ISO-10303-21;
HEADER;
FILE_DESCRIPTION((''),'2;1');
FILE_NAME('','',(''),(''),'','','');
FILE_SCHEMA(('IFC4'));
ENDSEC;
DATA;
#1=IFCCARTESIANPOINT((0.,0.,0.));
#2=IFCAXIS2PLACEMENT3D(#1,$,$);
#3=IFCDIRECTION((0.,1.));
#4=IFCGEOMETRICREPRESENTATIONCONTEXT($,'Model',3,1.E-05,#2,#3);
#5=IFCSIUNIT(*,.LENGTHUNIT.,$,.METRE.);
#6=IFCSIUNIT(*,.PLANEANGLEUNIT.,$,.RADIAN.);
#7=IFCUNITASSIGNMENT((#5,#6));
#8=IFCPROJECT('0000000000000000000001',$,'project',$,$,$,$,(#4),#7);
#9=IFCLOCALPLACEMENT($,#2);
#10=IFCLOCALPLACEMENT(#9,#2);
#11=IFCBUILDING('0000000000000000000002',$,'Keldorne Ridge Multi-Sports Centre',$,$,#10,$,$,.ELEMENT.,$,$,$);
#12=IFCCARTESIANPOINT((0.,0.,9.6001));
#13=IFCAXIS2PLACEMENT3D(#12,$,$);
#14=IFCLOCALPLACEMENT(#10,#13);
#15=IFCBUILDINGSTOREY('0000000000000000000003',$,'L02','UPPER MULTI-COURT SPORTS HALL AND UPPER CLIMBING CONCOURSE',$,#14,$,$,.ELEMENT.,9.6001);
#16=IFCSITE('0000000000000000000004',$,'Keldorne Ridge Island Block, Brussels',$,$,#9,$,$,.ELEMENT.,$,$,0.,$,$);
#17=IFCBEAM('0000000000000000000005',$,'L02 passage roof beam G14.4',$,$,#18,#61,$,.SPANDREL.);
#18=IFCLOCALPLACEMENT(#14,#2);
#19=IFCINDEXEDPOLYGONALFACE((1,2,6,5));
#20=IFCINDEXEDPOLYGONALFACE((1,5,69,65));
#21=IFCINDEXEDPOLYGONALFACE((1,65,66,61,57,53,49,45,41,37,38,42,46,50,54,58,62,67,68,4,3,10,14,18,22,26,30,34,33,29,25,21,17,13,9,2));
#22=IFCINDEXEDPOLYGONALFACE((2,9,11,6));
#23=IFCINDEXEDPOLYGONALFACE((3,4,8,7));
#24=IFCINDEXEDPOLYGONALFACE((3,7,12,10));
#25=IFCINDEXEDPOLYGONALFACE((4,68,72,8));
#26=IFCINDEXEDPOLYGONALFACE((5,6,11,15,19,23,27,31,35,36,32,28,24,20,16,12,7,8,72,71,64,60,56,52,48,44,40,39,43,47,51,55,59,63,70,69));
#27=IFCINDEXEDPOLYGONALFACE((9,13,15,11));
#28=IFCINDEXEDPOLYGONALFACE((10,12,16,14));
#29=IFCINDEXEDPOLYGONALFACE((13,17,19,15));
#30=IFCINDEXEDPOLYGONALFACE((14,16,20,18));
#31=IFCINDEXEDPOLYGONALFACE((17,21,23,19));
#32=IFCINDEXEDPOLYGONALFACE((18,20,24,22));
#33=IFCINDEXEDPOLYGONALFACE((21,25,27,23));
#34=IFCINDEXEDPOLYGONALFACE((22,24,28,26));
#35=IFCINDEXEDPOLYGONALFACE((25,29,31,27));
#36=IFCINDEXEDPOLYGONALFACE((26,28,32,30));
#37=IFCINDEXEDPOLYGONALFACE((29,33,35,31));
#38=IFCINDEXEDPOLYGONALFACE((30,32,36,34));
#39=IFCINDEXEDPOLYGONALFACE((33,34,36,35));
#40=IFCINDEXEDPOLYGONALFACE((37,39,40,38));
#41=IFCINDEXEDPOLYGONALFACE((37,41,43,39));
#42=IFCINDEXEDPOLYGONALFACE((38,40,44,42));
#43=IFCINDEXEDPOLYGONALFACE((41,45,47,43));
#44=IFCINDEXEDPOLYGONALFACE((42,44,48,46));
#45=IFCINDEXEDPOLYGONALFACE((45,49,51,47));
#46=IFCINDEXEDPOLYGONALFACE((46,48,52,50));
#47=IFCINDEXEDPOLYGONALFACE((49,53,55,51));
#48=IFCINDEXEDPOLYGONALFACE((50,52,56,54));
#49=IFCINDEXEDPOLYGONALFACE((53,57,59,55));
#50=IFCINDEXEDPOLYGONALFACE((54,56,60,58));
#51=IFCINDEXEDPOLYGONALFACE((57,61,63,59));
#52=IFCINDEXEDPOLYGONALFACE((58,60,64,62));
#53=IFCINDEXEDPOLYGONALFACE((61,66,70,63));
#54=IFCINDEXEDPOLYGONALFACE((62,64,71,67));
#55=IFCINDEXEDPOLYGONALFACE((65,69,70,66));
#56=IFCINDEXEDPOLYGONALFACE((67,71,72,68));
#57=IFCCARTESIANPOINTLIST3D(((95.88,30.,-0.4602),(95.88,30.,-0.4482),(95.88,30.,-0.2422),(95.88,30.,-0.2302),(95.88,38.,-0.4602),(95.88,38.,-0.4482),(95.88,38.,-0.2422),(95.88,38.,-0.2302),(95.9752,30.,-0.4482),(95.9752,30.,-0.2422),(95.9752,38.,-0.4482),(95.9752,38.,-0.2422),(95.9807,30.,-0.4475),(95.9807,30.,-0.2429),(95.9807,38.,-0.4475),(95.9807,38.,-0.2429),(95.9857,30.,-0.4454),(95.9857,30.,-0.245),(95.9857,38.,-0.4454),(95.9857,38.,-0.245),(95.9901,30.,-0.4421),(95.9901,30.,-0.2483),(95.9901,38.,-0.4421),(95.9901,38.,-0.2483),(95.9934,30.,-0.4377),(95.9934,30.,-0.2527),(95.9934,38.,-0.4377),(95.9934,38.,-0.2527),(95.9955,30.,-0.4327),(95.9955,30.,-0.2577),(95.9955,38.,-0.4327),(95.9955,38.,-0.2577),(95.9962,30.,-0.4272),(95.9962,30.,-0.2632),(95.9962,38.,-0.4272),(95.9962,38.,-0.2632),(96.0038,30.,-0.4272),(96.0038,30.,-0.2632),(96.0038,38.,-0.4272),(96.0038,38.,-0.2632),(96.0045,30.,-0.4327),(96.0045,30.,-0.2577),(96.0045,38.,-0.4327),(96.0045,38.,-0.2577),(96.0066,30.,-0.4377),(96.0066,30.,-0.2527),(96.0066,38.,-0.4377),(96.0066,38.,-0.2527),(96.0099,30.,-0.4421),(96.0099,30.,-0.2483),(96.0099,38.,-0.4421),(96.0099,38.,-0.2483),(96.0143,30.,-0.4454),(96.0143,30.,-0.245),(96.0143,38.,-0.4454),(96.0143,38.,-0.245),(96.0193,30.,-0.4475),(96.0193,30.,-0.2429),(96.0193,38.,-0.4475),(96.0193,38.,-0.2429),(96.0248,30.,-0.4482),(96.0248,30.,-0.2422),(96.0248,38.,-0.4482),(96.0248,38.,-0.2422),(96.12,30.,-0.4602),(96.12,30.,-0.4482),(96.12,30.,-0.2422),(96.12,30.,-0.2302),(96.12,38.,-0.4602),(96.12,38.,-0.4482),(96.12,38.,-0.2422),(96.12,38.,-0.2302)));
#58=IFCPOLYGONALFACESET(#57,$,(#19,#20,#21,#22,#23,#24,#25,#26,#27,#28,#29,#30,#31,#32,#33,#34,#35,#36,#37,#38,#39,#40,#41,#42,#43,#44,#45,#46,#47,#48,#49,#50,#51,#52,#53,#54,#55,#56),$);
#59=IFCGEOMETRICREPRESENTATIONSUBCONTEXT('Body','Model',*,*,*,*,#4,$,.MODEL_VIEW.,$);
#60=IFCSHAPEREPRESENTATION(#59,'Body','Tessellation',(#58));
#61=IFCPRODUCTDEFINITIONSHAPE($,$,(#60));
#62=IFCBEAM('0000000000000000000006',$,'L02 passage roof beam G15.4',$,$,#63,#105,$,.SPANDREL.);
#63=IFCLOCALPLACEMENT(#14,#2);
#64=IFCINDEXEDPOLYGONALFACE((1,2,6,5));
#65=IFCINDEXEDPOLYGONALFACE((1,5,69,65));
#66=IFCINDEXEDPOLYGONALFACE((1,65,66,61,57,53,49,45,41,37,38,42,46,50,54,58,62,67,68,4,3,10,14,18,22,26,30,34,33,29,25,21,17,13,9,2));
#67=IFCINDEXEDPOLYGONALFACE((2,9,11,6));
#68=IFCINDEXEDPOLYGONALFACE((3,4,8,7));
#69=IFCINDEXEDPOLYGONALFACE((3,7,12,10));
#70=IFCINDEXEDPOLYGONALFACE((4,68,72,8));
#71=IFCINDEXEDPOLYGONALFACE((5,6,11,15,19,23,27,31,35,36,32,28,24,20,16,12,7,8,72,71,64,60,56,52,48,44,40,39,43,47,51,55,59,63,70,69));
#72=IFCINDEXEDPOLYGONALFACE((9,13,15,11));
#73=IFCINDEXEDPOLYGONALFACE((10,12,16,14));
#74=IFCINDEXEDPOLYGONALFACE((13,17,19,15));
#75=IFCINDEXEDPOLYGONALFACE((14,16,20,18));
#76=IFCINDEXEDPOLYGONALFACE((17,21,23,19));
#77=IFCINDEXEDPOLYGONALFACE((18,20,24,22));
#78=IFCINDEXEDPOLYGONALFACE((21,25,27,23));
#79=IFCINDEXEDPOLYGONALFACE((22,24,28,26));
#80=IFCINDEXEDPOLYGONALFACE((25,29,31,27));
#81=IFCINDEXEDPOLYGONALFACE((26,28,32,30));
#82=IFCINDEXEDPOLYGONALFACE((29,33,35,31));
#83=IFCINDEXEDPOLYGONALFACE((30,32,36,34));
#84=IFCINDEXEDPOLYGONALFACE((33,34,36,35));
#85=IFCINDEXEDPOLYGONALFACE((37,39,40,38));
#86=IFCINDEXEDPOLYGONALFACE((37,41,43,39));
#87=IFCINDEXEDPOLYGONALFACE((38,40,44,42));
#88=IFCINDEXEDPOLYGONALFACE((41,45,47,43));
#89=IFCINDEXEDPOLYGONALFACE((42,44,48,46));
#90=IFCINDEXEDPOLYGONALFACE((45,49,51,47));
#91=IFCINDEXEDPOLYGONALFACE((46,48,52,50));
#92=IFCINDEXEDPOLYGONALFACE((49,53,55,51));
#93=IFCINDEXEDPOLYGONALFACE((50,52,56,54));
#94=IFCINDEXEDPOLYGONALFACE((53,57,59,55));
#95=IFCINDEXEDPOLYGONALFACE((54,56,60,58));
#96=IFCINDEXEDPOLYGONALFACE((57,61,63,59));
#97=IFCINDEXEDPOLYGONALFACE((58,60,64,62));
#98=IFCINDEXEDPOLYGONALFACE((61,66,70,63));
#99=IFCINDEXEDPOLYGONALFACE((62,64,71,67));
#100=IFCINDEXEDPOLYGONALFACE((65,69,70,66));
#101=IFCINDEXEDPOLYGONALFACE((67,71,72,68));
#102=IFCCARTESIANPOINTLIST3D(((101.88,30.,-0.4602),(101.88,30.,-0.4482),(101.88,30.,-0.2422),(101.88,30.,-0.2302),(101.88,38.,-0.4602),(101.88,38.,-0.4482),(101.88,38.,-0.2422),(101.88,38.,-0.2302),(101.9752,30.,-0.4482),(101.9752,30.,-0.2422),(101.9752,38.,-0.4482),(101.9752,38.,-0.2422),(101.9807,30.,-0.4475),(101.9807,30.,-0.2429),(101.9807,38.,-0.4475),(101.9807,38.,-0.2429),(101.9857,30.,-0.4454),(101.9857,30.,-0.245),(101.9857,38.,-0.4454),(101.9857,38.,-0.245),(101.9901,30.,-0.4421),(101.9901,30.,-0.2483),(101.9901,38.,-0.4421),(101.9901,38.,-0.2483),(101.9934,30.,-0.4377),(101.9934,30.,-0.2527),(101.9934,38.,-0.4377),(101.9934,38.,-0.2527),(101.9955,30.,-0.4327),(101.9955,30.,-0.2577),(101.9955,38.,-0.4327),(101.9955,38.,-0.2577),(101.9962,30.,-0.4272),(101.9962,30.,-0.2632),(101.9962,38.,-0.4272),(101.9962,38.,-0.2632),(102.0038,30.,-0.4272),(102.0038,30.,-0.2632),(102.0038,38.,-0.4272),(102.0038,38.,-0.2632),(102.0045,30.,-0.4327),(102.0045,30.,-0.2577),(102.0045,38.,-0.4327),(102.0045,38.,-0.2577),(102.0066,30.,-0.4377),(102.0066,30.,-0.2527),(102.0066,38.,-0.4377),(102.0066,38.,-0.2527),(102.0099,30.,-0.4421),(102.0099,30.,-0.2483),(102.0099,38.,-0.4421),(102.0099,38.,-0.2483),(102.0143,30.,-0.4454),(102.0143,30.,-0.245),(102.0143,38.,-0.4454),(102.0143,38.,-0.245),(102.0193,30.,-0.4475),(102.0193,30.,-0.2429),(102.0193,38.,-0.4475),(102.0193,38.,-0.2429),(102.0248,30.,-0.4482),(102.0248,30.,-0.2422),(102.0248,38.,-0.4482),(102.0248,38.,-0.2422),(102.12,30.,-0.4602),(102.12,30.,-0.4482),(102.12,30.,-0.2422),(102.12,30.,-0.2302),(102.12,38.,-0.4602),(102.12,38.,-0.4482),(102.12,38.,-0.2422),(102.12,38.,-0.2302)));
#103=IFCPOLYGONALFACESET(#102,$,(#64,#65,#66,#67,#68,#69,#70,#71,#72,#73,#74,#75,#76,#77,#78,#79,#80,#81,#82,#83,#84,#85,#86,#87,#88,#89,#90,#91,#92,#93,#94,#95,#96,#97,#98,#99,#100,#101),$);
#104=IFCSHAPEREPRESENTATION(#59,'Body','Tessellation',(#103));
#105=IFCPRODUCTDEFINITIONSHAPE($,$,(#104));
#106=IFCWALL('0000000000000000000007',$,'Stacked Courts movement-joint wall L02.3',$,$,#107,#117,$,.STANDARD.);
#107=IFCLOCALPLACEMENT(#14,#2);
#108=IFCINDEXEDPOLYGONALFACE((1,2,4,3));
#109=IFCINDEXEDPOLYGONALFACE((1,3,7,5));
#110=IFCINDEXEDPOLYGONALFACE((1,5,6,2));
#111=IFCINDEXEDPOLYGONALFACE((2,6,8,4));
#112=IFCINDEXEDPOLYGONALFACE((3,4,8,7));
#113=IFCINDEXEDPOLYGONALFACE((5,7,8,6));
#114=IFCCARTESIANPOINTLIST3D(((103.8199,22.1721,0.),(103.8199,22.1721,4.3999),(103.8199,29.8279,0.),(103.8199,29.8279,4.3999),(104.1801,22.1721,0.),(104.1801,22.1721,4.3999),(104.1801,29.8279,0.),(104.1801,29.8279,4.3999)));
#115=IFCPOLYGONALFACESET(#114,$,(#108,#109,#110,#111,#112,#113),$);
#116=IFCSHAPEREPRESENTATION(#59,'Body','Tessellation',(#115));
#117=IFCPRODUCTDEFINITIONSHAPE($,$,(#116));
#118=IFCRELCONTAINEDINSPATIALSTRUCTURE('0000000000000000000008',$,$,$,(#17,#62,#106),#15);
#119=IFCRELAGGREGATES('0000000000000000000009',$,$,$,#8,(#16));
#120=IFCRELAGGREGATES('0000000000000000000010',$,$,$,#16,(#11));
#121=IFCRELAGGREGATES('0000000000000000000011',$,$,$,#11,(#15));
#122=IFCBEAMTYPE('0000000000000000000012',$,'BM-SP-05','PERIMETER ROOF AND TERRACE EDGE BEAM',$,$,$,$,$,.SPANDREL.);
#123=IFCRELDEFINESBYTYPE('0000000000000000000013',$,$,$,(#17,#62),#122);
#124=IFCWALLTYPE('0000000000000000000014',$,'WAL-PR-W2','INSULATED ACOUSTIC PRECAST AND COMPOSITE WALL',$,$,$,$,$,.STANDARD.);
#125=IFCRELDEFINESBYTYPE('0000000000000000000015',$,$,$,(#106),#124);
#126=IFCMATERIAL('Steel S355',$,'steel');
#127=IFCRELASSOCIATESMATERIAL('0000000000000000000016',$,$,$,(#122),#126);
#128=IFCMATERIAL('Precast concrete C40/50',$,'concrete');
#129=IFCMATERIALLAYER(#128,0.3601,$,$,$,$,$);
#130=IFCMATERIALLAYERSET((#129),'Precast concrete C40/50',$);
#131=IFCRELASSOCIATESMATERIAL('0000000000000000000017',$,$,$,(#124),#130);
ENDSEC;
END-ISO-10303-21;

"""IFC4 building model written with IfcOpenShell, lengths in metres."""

from ifc_helpers import new_model, si_unit, direction, frame, frame_2d, origin, origin_2d, place, context, subcontext, project, spatial, rectangle, i_section, extrude, material, layer, layer_set, material_profile, profile_set, type_object, element, save


model = new_model("IFC4")

# Units and contexts
model_context = context("Model", 3, precision=1e-05, world=origin(), true_north=direction((0.0, 1.0)))
body_context = subcontext(model_context, "Body", "Model", "MODEL_VIEW")
ifc_project = project(units=[si_unit("LENGTHUNIT", "METRE"), si_unit("PLANEANGLEUNIT", "RADIAN")], contexts=[model_context])

# Site, building, storey
site_placement = place(None, origin())
site = spatial("IfcSite", under=ifc_project, at=site_placement, Name="Keldorne Ridge Island Block, Brussels", CompositionType="ELEMENT", RefElevation=0.0)
building_placement = place(site_placement, origin())
building = spatial("IfcBuilding", under=site, at=building_placement, Name="Keldorne Ridge Multi-Sports Centre", CompositionType="ELEMENT")
storey_placement = place(building_placement, frame((0.0, 0.0, 9.6001)))
storey = spatial("IfcBuildingStorey", under=building, at=storey_placement, Name="L02", Description="UPPER MULTI-COURT SPORTS HALL AND UPPER CLIMBING CONCOURSE", CompositionType="ELEMENT", Elevation=9.6001)

# Shared definitions
ifc_material_1 = material(Name="Steel S355", Category="steel")

# Beams
ifc_material_profile_1 = material_profile(ifc_material_1, i_section(OverallWidth=0.24, OverallDepth=0.23, WebThickness=0.0076, FlangeThickness=0.012, FilletRadius=0.021, at=origin_2d()), Name="HEA 240")
ifc_profile_set_1 = profile_set([ifc_material_profile_1], Name="Steel S355")
beam_type_1 = type_object("IfcBeamType", Name="BM-SP-05", Description="PERIMETER ROOF AND TERRACE EDGE BEAM", PredefinedType="SPANDREL", material=ifc_profile_set_1)
for number, where, z_axis, x_axis, name in (
    (1, (96.0, 30.0, -0.3452), (0.0, 1.0, 0.0), (-1.0, 0.0, 0.0), "L02 passage roof beam G14.4"),
    (2, (102.0, 30.0, -0.3452), (0.0, 1.0, 0.0), (-1.0, 0.0, 0.0), "L02 passage roof beam G15.4"),
):
    element("IfcBeam", number, at=place(storey_placement, frame(where, z_axis=z_axis, x_axis=x_axis)), inside=storey, type_object=beam_type_1, Name=name, PredefinedType="SPANDREL", context=body_context, shape_type="SweptSolid", body=[
        extrude(i_section(OverallWidth=0.24, OverallDepth=0.23, WebThickness=0.0076, FlangeThickness=0.012, FilletRadius=0.021, at=origin_2d()), origin(), (0.0, 0.0, 1.0), 8.0),
    ])

# Wall
ifc_material_2 = material(Name="Precast concrete C40/50", Category="concrete")
ifc_layer = layer(ifc_material_2, 0.3601)
ifc_layer_set = layer_set([ifc_layer], Name="Precast concrete C40/50")
wall_type = type_object("IfcWallType", Name="WAL-PR-W2", Description="INSULATED ACOUSTIC PRECAST AND COMPOSITE WALL", PredefinedType="STANDARD", material=ifc_layer_set)
wall_placement = place(storey_placement, frame((104.0, 29.8279, 0.0), z_axis=(0.0, 0.0, 1.0), x_axis=(0.0, -1.0, 0.0)))
element("IfcWall", 3, at=wall_placement, inside=storey, type_object=wall_type, Name="Stacked Courts movement-joint wall L02.3", PredefinedType="STANDARD", context=body_context, shape_type="SweptSolid", body=[
    extrude(rectangle(XDim=7.6558, YDim=0.3601, at=frame_2d((3.8279, 0.0))), origin(), (0.0, 0.0, 1.0), 4.3999),
])

save(model, "model.ifc")
